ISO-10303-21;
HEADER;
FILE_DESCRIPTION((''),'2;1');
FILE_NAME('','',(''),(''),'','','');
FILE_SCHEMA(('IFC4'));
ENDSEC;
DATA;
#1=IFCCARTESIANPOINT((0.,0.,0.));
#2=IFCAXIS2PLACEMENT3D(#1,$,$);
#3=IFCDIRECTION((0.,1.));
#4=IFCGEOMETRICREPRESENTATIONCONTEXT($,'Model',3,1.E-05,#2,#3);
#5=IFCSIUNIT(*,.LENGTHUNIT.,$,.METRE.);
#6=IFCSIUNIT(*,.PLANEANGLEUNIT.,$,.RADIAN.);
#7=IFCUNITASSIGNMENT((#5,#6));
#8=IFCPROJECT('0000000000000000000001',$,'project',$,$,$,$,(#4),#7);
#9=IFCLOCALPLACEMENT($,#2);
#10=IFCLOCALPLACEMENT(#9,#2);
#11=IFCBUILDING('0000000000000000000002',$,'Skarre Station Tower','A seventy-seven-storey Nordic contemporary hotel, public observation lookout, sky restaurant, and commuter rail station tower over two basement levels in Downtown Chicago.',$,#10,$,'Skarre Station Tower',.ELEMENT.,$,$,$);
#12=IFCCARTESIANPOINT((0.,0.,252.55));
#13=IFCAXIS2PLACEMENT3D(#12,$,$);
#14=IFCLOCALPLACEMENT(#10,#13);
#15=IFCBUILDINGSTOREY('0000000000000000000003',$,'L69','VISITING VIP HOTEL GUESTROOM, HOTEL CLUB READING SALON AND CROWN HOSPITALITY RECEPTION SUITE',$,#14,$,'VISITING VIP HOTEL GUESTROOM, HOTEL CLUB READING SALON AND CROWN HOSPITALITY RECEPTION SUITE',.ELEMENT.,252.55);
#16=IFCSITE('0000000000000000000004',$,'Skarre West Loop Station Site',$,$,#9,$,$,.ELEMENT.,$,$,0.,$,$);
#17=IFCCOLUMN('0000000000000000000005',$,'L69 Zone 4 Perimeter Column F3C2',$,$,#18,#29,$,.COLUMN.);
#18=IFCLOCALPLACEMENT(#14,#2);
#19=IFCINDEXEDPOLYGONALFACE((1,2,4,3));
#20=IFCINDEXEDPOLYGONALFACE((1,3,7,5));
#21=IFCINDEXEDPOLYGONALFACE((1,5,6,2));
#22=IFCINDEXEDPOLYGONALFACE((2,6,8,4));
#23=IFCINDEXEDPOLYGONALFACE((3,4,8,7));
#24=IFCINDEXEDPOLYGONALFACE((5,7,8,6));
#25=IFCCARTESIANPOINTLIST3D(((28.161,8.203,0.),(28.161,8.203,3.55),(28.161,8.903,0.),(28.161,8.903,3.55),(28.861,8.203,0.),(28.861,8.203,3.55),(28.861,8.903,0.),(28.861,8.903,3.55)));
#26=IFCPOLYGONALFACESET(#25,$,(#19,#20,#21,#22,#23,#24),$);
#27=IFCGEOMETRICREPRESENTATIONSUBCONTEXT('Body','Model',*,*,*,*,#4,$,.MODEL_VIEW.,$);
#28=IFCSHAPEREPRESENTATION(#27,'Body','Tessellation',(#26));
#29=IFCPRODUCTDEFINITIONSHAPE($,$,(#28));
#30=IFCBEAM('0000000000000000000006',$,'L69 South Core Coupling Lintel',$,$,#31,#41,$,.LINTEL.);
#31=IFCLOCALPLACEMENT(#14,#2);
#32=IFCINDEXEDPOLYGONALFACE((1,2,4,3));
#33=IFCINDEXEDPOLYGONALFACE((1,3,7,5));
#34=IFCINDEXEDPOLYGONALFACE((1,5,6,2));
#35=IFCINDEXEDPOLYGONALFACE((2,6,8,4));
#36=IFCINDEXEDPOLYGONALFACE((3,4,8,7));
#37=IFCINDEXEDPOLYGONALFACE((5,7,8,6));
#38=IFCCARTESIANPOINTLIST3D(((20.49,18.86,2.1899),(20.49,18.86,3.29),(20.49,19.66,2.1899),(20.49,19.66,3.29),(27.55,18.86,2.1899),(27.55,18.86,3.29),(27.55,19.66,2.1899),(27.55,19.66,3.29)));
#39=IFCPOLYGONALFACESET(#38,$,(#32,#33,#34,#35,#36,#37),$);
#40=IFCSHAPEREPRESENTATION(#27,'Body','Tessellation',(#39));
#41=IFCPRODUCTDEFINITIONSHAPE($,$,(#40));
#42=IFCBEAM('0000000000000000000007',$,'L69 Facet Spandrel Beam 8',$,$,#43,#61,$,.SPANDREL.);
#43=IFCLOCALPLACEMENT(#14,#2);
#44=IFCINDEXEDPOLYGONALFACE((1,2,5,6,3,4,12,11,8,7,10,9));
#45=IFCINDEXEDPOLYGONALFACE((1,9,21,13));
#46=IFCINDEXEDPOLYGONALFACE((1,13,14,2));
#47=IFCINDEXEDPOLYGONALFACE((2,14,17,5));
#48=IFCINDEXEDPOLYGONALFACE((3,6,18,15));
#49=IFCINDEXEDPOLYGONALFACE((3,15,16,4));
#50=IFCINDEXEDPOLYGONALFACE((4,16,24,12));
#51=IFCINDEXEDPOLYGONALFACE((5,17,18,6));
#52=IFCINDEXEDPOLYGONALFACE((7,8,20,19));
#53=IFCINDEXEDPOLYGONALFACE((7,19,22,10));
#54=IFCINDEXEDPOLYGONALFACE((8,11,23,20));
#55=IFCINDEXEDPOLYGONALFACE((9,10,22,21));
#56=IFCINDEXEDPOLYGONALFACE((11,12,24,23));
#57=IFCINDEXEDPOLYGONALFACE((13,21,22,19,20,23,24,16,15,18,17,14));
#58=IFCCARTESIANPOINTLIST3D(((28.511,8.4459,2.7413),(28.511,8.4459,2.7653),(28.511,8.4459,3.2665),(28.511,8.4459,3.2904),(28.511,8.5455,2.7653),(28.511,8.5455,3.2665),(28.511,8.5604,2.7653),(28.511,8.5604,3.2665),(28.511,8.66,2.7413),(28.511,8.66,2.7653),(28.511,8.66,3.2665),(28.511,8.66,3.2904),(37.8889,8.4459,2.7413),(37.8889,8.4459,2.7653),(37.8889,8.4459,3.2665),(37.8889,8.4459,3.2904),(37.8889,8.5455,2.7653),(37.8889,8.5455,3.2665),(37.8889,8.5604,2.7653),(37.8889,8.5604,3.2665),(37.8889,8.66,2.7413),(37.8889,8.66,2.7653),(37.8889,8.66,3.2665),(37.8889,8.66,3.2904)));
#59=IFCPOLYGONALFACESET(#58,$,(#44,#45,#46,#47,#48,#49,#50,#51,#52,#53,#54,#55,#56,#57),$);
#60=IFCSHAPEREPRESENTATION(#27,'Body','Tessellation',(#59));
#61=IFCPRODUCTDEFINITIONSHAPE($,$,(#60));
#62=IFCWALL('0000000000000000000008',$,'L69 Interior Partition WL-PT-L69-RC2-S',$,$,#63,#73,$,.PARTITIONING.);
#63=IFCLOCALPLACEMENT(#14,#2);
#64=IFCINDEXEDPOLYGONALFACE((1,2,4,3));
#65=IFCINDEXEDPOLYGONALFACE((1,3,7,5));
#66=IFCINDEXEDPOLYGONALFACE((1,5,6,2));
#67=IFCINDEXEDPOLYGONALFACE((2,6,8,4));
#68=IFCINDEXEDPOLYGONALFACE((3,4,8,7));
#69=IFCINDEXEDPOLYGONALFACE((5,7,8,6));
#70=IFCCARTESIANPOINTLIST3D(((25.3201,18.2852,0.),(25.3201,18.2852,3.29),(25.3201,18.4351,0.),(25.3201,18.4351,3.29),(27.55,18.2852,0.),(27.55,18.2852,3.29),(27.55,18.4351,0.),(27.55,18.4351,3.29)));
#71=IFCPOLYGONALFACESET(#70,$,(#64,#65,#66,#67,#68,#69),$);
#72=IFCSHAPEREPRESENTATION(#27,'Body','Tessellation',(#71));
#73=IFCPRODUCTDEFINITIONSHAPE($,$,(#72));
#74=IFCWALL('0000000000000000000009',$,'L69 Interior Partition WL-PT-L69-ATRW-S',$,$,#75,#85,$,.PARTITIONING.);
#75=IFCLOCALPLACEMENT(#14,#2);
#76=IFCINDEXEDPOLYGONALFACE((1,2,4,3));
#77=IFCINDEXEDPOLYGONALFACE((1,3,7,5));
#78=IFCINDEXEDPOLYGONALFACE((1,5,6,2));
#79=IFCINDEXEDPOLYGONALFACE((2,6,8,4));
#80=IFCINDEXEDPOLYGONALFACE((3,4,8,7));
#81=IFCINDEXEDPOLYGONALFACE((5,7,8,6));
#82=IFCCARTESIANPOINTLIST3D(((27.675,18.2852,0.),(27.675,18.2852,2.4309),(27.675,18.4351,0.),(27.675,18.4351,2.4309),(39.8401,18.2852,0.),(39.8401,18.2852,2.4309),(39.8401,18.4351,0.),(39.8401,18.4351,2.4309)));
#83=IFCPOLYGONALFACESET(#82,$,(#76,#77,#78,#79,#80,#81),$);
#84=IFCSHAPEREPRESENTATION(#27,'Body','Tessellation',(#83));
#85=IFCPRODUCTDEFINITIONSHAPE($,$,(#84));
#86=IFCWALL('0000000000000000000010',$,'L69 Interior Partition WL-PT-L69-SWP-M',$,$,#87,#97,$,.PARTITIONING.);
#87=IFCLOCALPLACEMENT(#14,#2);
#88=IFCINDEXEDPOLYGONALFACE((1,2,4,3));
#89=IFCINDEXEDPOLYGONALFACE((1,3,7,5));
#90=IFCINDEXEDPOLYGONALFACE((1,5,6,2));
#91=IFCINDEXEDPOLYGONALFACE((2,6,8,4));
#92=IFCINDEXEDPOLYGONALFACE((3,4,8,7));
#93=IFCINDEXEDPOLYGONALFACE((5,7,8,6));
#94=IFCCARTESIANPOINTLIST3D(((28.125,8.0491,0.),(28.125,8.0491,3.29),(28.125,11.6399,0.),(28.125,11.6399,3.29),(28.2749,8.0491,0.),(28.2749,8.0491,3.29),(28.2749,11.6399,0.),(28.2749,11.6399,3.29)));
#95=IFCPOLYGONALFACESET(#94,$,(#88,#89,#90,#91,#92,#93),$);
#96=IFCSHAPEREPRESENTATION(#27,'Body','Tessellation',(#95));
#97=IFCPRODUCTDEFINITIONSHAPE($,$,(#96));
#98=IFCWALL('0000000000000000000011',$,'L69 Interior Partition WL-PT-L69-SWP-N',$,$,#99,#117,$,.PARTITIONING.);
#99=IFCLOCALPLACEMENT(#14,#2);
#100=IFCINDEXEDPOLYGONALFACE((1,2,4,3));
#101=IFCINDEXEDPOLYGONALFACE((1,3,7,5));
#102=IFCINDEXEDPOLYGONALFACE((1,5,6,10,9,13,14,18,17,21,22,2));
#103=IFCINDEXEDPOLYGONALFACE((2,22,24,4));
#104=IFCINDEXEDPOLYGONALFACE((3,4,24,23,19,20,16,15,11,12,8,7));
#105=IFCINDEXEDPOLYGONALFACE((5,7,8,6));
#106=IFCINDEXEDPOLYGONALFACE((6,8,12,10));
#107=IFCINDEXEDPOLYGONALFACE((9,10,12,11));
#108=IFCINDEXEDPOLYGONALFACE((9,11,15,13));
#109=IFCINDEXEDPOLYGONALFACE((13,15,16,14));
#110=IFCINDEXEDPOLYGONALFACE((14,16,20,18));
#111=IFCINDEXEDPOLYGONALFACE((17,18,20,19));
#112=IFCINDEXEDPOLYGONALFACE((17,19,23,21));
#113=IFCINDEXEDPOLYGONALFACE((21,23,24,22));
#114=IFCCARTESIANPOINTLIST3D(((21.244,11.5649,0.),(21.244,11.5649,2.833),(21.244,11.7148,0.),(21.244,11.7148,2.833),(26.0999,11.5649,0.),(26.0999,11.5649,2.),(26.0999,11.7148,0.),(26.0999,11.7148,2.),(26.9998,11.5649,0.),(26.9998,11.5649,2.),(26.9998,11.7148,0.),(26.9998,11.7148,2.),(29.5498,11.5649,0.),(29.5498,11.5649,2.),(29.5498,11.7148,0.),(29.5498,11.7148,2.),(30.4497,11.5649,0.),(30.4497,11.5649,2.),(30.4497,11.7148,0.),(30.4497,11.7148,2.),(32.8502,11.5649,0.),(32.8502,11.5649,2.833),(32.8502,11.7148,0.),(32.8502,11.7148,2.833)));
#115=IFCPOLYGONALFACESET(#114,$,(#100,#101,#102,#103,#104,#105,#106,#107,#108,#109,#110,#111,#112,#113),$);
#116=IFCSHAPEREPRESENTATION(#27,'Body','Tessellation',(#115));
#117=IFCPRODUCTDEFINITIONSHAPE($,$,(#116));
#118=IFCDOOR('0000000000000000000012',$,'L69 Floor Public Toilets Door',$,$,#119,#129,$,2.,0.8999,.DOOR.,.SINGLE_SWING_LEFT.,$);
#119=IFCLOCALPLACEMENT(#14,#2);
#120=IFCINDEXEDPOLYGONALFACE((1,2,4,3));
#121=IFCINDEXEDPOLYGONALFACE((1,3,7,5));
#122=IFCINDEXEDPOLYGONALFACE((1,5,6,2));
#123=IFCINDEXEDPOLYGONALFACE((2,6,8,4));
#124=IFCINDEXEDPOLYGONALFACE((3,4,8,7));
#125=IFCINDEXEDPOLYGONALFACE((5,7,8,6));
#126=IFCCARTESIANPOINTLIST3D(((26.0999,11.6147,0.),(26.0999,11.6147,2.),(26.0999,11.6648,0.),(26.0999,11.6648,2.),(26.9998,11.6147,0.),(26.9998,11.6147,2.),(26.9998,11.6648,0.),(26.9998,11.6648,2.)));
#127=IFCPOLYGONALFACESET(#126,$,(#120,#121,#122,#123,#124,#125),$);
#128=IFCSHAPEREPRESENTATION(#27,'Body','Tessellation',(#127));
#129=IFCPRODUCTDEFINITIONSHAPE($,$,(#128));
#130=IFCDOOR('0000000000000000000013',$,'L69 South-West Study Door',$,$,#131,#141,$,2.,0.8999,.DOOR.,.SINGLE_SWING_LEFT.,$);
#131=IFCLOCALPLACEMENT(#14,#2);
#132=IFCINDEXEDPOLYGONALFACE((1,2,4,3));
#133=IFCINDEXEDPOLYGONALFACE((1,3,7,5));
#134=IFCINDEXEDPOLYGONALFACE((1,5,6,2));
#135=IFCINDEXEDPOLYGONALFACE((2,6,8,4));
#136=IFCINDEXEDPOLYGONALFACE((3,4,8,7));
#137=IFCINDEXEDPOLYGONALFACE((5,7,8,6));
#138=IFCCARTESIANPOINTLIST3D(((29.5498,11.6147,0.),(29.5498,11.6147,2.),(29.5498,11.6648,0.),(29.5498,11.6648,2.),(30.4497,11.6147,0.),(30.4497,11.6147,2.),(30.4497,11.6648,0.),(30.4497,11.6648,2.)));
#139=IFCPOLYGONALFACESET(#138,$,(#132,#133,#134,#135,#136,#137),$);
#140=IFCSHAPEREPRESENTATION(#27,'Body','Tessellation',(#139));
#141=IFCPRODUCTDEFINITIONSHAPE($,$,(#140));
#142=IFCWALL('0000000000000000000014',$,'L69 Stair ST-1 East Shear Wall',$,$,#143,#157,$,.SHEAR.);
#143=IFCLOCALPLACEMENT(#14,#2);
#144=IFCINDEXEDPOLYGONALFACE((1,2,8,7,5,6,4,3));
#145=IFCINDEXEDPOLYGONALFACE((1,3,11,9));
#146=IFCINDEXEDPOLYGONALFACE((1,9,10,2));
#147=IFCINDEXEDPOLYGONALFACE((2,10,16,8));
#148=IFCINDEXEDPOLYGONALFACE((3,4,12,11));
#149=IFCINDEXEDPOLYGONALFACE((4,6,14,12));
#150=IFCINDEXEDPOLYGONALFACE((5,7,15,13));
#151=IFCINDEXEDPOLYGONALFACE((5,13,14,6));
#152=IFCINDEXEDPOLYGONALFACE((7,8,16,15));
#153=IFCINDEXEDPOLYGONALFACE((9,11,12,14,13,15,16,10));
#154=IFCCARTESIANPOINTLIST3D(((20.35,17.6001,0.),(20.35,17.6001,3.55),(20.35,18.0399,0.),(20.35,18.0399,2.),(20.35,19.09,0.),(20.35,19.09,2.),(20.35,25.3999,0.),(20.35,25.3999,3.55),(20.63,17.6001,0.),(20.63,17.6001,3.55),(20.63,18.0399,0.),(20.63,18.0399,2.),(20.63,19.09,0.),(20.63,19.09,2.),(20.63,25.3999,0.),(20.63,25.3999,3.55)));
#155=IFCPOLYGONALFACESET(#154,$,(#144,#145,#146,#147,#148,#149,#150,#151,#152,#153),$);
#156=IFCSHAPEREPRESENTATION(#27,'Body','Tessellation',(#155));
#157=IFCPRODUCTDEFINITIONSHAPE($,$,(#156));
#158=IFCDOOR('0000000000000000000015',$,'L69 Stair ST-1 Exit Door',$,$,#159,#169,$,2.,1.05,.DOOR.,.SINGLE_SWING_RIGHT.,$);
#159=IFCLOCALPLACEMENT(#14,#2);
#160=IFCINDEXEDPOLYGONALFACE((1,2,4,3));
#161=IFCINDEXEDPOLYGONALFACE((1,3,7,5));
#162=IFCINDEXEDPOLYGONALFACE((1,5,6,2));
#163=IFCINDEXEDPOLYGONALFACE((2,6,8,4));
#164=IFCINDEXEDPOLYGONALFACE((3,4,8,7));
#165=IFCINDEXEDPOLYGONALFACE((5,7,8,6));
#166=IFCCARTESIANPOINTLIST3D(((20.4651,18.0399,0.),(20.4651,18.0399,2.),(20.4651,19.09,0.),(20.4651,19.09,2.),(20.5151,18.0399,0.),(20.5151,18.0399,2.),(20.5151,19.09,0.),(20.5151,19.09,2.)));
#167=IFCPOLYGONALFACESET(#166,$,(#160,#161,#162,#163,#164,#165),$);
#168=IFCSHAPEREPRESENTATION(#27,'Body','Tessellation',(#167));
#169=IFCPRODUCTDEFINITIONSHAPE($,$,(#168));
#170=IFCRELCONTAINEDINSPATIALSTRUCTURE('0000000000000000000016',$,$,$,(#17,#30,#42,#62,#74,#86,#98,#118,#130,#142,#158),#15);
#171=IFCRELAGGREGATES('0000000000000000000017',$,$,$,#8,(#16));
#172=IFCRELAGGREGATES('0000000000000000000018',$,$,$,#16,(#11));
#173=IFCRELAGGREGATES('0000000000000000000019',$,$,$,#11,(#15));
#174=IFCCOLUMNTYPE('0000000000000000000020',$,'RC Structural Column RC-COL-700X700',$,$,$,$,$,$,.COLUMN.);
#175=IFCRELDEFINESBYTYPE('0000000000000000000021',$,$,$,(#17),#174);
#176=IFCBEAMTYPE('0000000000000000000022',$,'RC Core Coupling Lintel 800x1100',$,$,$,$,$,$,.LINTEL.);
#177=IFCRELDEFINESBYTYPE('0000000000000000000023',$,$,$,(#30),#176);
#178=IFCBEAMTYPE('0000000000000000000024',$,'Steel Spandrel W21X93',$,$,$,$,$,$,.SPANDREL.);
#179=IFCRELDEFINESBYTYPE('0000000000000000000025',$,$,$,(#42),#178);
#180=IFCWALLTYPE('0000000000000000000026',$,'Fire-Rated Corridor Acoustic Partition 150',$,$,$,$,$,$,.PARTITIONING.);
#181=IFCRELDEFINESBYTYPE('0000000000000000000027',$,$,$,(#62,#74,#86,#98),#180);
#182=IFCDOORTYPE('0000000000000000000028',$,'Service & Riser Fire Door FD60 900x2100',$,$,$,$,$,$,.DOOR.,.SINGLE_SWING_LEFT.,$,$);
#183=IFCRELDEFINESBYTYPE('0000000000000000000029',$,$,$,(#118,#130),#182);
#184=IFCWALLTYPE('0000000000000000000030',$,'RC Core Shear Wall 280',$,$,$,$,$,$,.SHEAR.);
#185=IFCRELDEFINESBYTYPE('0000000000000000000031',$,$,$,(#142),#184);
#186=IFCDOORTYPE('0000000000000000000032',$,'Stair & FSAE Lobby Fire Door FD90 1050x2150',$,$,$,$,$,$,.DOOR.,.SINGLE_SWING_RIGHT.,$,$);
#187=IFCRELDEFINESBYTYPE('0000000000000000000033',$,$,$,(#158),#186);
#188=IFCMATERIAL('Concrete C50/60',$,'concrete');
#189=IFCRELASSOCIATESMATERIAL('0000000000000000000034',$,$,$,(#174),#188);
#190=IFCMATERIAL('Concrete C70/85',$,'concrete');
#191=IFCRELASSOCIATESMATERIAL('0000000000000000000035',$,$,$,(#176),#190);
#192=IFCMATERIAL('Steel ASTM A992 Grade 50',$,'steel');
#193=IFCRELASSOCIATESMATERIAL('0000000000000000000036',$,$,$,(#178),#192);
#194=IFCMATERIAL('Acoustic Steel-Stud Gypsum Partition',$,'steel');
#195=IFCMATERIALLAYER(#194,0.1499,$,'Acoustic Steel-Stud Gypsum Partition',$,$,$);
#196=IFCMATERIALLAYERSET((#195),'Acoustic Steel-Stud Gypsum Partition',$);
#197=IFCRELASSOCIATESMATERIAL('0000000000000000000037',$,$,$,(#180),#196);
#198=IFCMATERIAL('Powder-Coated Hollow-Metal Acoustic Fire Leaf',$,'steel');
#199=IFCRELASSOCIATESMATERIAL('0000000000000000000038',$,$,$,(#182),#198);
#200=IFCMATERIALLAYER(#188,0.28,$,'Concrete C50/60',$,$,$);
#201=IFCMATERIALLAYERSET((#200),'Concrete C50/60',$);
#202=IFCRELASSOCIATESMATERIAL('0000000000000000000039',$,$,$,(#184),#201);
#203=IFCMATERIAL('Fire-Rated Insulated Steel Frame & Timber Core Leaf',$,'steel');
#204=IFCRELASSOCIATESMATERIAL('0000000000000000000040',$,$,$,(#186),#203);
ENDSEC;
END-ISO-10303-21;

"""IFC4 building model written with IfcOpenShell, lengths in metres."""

from ifc_helpers import new_model, si_unit, direction, frame, frame_2d, origin, origin_2d, place, context, subcontext, project, spatial, rectangle, i_section, extrude, material, layer, layer_set, material_profile, profile_set, type_object, element, fill, save


model = new_model("IFC4")

# Units and contexts
model_context = context("Model", 3, precision=1e-05, world=origin(), true_north=direction((0.0, 1.0)))
body_context = subcontext(model_context, "Body", "Model", "MODEL_VIEW")
ifc_project = project(units=[si_unit("LENGTHUNIT", "METRE"), si_unit("PLANEANGLEUNIT", "RADIAN")], contexts=[model_context])

# Site, building, storey
site_placement = place(None, origin())
site = spatial("IfcSite", under=ifc_project, at=site_placement, Name="Skarre West Loop Station Site", CompositionType="ELEMENT", RefElevation=0.0)
building_placement = place(site_placement, origin())
building = spatial("IfcBuilding", under=site, at=building_placement, Name="Skarre Station Tower", Description="A seventy-seven-storey Nordic contemporary hotel, public observation lookout, sky restaurant, and commuter rail station tower over two basement levels in Downtown Chicago.", LongName="Skarre Station Tower", CompositionType="ELEMENT")
storey_placement = place(building_placement, frame((0.0, 0.0, 252.55)))
storey = spatial("IfcBuildingStorey", under=building, at=storey_placement, Name="L69", Description="VISITING VIP HOTEL GUESTROOM, HOTEL CLUB READING SALON AND CROWN HOSPITALITY RECEPTION SUITE", LongName="VISITING VIP HOTEL GUESTROOM, HOTEL CLUB READING SALON AND CROWN HOSPITALITY RECEPTION SUITE", CompositionType="ELEMENT", Elevation=252.55)

# Column
ifc_material_1 = material(Name="Concrete C50/60", Category="concrete")
ifc_material_profile_1 = material_profile(ifc_material_1, rectangle(XDim=0.7, YDim=0.7, at=origin_2d()), Name="Concrete C50/60")
ifc_profile_set_1 = profile_set([ifc_material_profile_1], Name="Concrete C50/60")
column_type = type_object("IfcColumnType", Name="RC Structural Column RC-COL-700X700", PredefinedType="COLUMN", material=ifc_profile_set_1)
column_placement = place(storey_placement, frame((28.511, 8.553, 0.0), z_axis=(0.0, 0.0, 1.0), x_axis=(1.0, 0.0, 0.0)))
element("IfcColumn", 1, at=column_placement, inside=storey, type_object=column_type, Name="L69 Zone 4 Perimeter Column F3C2", PredefinedType="COLUMN", context=body_context, shape_type="SweptSolid", body=[
    extrude(rectangle(XDim=0.7, YDim=0.7, at=origin_2d()), origin(), (0.0, 0.0, 1.0), 3.55),
])

# Beams
ifc_material_2 = material(Name="Concrete C70/85", Category="concrete")
ifc_material_profile_2 = material_profile(ifc_material_2, rectangle(XDim=0.8, YDim=1.1001, at=origin_2d()), Name="Concrete C70/85")
ifc_profile_set_2 = profile_set([ifc_material_profile_2], Name="Concrete C70/85")
beam_type_1 = type_object("IfcBeamType", Name="RC Core Coupling Lintel 800x1100", PredefinedType="LINTEL", material=ifc_profile_set_2)
beam_1_placement = place(storey_placement, frame((20.49, 19.26, 2.74), z_axis=(1.0, 0.0, 0.0), x_axis=(0.0, 1.0, 0.0)))
element("IfcBeam", 2, at=beam_1_placement, inside=storey, type_object=beam_type_1, Name="L69 South Core Coupling Lintel", PredefinedType="LINTEL", context=body_context, shape_type="SweptSolid", body=[
    extrude(rectangle(XDim=0.8, YDim=1.1001, at=origin_2d()), origin(), (0.0, 0.0, 1.0), 7.0601),
])
ifc_material_3 = material(Name="Steel ASTM A992 Grade 50", Category="steel")
ifc_material_profile_3 = material_profile(ifc_material_3, i_section(OverallWidth=0.2141, OverallDepth=0.5491, WebThickness=0.0149, FlangeThickness=0.0239, at=origin_2d()), Name="Steel ASTM A992 Grade 50")
ifc_profile_set_3 = profile_set([ifc_material_profile_3], Name="Steel ASTM A992 Grade 50")
beam_type_2 = type_object("IfcBeamType", Name="Steel Spandrel W21X93", PredefinedType="SPANDREL", material=ifc_profile_set_3)
beam_2_placement = place(storey_placement, frame((28.511, 8.553, 3.0159), z_axis=(1.0, 0.0, 0.0), x_axis=(0.0, 1.0, 0.0)))
element("IfcBeam", 3, at=beam_2_placement, inside=storey, type_object=beam_type_2, Name="L69 Facet Spandrel Beam 8", PredefinedType="SPANDREL", context=body_context, shape_type="SweptSolid", body=[
    extrude(i_section(OverallWidth=0.2141, OverallDepth=0.5491, WebThickness=0.0149, FlangeThickness=0.0239, at=origin_2d()), origin(), (0.0, 0.0, 1.0), 9.3779),
])

# Walls
ifc_material_4 = material(Name="Acoustic Steel-Stud Gypsum Partition", Category="steel")
ifc_layer_1 = layer(ifc_material_4, 0.1499, Name="Acoustic Steel-Stud Gypsum Partition")
ifc_layer_set_1 = layer_set([ifc_layer_1], Name="Acoustic Steel-Stud Gypsum Partition")
wall_type_1 = type_object("IfcWallType", Name="Fire-Rated Corridor Acoustic Partition 150", PredefinedType="PARTITIONING", material=ifc_layer_set_1)
wall_1_placement = place(storey_placement, frame((25.3201, 18.3601, 0.0), z_axis=(0.0, 0.0, 1.0), x_axis=(1.0, 0.0, 0.0)))
element("IfcWall", 4, at=wall_1_placement, inside=storey, type_object=wall_type_1, Name="L69 Interior Partition WL-PT-L69-RC2-S", PredefinedType="PARTITIONING", context=body_context, shape_type="SweptSolid", body=[
    extrude(rectangle(XDim=2.23, YDim=0.1499, at=frame_2d((1.115, 0.0))), origin(), (0.0, 0.0, 1.0), 3.29),
])
wall_2_placement = place(storey_placement, frame((27.675, 18.3601, 0.0), z_axis=(0.0, 0.0, 1.0), x_axis=(1.0, 0.0, 0.0)))
element("IfcWall", 5, at=wall_2_placement, inside=storey, type_object=wall_type_1, Name="L69 Interior Partition WL-PT-L69-ATRW-S", PredefinedType="PARTITIONING", context=body_context, shape_type="SweptSolid", body=[
    extrude(rectangle(XDim=12.165, YDim=0.1499, at=frame_2d((6.0825, 0.0))), origin(), (0.0, 0.0, 1.0), 2.4309),
])
wall_3_placement = place(storey_placement, frame((28.2, 8.0491, 0.0), z_axis=(0.0, 0.0, 1.0), x_axis=(0.0, 1.0, 0.0)))
element("IfcWall", 6, at=wall_3_placement, inside=storey, type_object=wall_type_1, Name="L69 Interior Partition WL-PT-L69-SWP-M", PredefinedType="PARTITIONING", context=body_context, shape_type="SweptSolid", body=[
    extrude(rectangle(XDim=3.5908, YDim=0.1499, at=frame_2d((1.7954, 0.0))), origin(), (0.0, 0.0, 1.0), 3.29),
])

# Wall, openings, doors
wall_4_placement = place(storey_placement, frame((21.2439, 11.6399, 0.0), z_axis=(0.0, 0.0, 1.0), x_axis=(1.0, 0.0, 0.0)))
wall_4 = element("IfcWall", 7, at=wall_4_placement, inside=storey, type_object=wall_type_1, Name="L69 Interior Partition WL-PT-L69-SWP-N", PredefinedType="PARTITIONING", context=body_context, shape_type="SweptSolid", body=[
    extrude(rectangle(XDim=11.6062, YDim=0.1499, at=frame_2d((5.8032, 0.0))), origin(), (0.0, 0.0, 1.0), 2.833),
])
opening_1_placement = place(wall_4_placement, frame((4.856, 0.0, 0.0)))
opening_1 = element("IfcOpeningElement", 8, at=opening_1_placement, cuts=wall_4, PredefinedType="OPENING", context=body_context, shape_type="SweptSolid", body=[
    extrude(rectangle(XDim=0.8999, YDim=2.0, at=frame_2d((0.45, 1.0))), frame((0.0, 0.085, 0.0), z_axis=(0.0, -1.0, 0.0), x_axis=(1.0, 0.0, 0.0)), (0.0, 0.0, 1.0), 0.1699),
])
opening_2_placement = place(wall_4_placement, frame((8.3059, 0.0, 0.0)))
opening_2 = element("IfcOpeningElement", 9, at=opening_2_placement, cuts=wall_4, PredefinedType="OPENING", context=body_context, shape_type="SweptSolid", body=[
    extrude(rectangle(XDim=0.8999, YDim=2.0, at=frame_2d((0.45, 1.0))), frame((0.0, 0.085, 0.0), z_axis=(0.0, -1.0, 0.0), x_axis=(1.0, 0.0, 0.0)), (0.0, 0.0, 1.0), 0.1699),
])
ifc_material_5 = material(Name="Powder-Coated Hollow-Metal Acoustic Fire Leaf", Category="steel")
door_type_1 = type_object("IfcDoorType", Name="Service & Riser Fire Door FD60 900x2100", OperationType="SINGLE_SWING_LEFT", PredefinedType="DOOR", material=ifc_material_5)
door_1_placement = place(opening_1_placement, origin())
door_1 = element("IfcDoor", 10, at=door_1_placement, inside=storey, type_object=door_type_1, Name="L69 Floor Public Toilets Door", OperationType="SINGLE_SWING_LEFT", OverallHeight=2.0, OverallWidth=0.8999, PredefinedType="DOOR", context=body_context, shape_type="SweptSolid", body=[
    extrude(rectangle(XDim=0.8999, YDim=2.0, at=frame_2d((0.45, 1.0))), frame((0.0, 0.0249, 0.0), z_axis=(0.0, -1.0, 0.0), x_axis=(1.0, 0.0, 0.0)), (0.0, 0.0, 1.0), 0.05),
])
fill(opening_1, door_1)
door_2_placement = place(opening_2_placement, origin())
door_2 = element("IfcDoor", 11, at=door_2_placement, inside=storey, type_object=door_type_1, Name="L69 South-West Study Door", OperationType="SINGLE_SWING_LEFT", OverallHeight=2.0, OverallWidth=0.8999, PredefinedType="DOOR", context=body_context, shape_type="SweptSolid", body=[
    extrude(rectangle(XDim=0.8999, YDim=2.0, at=frame_2d((0.45, 1.0))), frame((0.0, 0.0249, 0.0), z_axis=(0.0, -1.0, 0.0), x_axis=(1.0, 0.0, 0.0)), (0.0, 0.0, 1.0), 0.05),
])
fill(opening_2, door_2)

# Wall, opening, door
ifc_layer_2 = layer(ifc_material_1, 0.28, Name="Concrete C50/60")
ifc_layer_set_2 = layer_set([ifc_layer_2], Name="Concrete C50/60")
wall_type_2 = type_object("IfcWallType", Name="RC Core Shear Wall 280", PredefinedType="SHEAR", material=ifc_layer_set_2)
wall_5_placement = place(storey_placement, frame((20.49, 17.6001, 0.0), z_axis=(0.0, 0.0, 1.0), x_axis=(0.0, 1.0, 0.0)))
wall_5 = element("IfcWall", 12, at=wall_5_placement, inside=storey, type_object=wall_type_2, Name="L69 Stair ST-1 East Shear Wall", PredefinedType="SHEAR", context=body_context, shape_type="SweptSolid", body=[
    extrude(rectangle(XDim=7.7998, YDim=0.28, at=frame_2d((3.8999, 0.0))), origin(), (0.0, 0.0, 1.0), 3.55),
])
opening_3_placement = place(wall_5_placement, frame((0.4399, 0.0, 0.0)))
opening_3 = element("IfcOpeningElement", 13, at=opening_3_placement, cuts=wall_5, PredefinedType="OPENING", context=body_context, shape_type="SweptSolid", body=[
    extrude(rectangle(XDim=1.05, YDim=2.0, at=frame_2d((0.5249, 1.0))), frame((0.0, 0.1499, 0.0), z_axis=(0.0, -1.0, 0.0), x_axis=(1.0, 0.0, 0.0)), (0.0, 0.0, 1.0), 0.3),
])
ifc_material_6 = material(Name="Fire-Rated Insulated Steel Frame & Timber Core Leaf", Category="steel")
door_type_2 = type_object("IfcDoorType", Name="Stair & FSAE Lobby Fire Door FD90 1050x2150", OperationType="SINGLE_SWING_RIGHT", PredefinedType="DOOR", material=ifc_material_6)
door_3_placement = place(opening_3_placement, origin())
door_3 = element("IfcDoor", 14, at=door_3_placement, inside=storey, type_object=door_type_2, Name="L69 Stair ST-1 Exit Door", OperationType="SINGLE_SWING_RIGHT", OverallHeight=2.0, OverallWidth=1.05, PredefinedType="DOOR", context=body_context, shape_type="SweptSolid", body=[
    extrude(rectangle(XDim=1.05, YDim=2.0, at=frame_2d((0.5249, 1.0))), frame((0.0, 0.0249, 0.0), z_axis=(0.0, -1.0, 0.0), x_axis=(1.0, 0.0, 0.0)), (0.0, 0.0, 1.0), 0.05),
])
fill(opening_3, door_3)

save(model, "model.ifc")
